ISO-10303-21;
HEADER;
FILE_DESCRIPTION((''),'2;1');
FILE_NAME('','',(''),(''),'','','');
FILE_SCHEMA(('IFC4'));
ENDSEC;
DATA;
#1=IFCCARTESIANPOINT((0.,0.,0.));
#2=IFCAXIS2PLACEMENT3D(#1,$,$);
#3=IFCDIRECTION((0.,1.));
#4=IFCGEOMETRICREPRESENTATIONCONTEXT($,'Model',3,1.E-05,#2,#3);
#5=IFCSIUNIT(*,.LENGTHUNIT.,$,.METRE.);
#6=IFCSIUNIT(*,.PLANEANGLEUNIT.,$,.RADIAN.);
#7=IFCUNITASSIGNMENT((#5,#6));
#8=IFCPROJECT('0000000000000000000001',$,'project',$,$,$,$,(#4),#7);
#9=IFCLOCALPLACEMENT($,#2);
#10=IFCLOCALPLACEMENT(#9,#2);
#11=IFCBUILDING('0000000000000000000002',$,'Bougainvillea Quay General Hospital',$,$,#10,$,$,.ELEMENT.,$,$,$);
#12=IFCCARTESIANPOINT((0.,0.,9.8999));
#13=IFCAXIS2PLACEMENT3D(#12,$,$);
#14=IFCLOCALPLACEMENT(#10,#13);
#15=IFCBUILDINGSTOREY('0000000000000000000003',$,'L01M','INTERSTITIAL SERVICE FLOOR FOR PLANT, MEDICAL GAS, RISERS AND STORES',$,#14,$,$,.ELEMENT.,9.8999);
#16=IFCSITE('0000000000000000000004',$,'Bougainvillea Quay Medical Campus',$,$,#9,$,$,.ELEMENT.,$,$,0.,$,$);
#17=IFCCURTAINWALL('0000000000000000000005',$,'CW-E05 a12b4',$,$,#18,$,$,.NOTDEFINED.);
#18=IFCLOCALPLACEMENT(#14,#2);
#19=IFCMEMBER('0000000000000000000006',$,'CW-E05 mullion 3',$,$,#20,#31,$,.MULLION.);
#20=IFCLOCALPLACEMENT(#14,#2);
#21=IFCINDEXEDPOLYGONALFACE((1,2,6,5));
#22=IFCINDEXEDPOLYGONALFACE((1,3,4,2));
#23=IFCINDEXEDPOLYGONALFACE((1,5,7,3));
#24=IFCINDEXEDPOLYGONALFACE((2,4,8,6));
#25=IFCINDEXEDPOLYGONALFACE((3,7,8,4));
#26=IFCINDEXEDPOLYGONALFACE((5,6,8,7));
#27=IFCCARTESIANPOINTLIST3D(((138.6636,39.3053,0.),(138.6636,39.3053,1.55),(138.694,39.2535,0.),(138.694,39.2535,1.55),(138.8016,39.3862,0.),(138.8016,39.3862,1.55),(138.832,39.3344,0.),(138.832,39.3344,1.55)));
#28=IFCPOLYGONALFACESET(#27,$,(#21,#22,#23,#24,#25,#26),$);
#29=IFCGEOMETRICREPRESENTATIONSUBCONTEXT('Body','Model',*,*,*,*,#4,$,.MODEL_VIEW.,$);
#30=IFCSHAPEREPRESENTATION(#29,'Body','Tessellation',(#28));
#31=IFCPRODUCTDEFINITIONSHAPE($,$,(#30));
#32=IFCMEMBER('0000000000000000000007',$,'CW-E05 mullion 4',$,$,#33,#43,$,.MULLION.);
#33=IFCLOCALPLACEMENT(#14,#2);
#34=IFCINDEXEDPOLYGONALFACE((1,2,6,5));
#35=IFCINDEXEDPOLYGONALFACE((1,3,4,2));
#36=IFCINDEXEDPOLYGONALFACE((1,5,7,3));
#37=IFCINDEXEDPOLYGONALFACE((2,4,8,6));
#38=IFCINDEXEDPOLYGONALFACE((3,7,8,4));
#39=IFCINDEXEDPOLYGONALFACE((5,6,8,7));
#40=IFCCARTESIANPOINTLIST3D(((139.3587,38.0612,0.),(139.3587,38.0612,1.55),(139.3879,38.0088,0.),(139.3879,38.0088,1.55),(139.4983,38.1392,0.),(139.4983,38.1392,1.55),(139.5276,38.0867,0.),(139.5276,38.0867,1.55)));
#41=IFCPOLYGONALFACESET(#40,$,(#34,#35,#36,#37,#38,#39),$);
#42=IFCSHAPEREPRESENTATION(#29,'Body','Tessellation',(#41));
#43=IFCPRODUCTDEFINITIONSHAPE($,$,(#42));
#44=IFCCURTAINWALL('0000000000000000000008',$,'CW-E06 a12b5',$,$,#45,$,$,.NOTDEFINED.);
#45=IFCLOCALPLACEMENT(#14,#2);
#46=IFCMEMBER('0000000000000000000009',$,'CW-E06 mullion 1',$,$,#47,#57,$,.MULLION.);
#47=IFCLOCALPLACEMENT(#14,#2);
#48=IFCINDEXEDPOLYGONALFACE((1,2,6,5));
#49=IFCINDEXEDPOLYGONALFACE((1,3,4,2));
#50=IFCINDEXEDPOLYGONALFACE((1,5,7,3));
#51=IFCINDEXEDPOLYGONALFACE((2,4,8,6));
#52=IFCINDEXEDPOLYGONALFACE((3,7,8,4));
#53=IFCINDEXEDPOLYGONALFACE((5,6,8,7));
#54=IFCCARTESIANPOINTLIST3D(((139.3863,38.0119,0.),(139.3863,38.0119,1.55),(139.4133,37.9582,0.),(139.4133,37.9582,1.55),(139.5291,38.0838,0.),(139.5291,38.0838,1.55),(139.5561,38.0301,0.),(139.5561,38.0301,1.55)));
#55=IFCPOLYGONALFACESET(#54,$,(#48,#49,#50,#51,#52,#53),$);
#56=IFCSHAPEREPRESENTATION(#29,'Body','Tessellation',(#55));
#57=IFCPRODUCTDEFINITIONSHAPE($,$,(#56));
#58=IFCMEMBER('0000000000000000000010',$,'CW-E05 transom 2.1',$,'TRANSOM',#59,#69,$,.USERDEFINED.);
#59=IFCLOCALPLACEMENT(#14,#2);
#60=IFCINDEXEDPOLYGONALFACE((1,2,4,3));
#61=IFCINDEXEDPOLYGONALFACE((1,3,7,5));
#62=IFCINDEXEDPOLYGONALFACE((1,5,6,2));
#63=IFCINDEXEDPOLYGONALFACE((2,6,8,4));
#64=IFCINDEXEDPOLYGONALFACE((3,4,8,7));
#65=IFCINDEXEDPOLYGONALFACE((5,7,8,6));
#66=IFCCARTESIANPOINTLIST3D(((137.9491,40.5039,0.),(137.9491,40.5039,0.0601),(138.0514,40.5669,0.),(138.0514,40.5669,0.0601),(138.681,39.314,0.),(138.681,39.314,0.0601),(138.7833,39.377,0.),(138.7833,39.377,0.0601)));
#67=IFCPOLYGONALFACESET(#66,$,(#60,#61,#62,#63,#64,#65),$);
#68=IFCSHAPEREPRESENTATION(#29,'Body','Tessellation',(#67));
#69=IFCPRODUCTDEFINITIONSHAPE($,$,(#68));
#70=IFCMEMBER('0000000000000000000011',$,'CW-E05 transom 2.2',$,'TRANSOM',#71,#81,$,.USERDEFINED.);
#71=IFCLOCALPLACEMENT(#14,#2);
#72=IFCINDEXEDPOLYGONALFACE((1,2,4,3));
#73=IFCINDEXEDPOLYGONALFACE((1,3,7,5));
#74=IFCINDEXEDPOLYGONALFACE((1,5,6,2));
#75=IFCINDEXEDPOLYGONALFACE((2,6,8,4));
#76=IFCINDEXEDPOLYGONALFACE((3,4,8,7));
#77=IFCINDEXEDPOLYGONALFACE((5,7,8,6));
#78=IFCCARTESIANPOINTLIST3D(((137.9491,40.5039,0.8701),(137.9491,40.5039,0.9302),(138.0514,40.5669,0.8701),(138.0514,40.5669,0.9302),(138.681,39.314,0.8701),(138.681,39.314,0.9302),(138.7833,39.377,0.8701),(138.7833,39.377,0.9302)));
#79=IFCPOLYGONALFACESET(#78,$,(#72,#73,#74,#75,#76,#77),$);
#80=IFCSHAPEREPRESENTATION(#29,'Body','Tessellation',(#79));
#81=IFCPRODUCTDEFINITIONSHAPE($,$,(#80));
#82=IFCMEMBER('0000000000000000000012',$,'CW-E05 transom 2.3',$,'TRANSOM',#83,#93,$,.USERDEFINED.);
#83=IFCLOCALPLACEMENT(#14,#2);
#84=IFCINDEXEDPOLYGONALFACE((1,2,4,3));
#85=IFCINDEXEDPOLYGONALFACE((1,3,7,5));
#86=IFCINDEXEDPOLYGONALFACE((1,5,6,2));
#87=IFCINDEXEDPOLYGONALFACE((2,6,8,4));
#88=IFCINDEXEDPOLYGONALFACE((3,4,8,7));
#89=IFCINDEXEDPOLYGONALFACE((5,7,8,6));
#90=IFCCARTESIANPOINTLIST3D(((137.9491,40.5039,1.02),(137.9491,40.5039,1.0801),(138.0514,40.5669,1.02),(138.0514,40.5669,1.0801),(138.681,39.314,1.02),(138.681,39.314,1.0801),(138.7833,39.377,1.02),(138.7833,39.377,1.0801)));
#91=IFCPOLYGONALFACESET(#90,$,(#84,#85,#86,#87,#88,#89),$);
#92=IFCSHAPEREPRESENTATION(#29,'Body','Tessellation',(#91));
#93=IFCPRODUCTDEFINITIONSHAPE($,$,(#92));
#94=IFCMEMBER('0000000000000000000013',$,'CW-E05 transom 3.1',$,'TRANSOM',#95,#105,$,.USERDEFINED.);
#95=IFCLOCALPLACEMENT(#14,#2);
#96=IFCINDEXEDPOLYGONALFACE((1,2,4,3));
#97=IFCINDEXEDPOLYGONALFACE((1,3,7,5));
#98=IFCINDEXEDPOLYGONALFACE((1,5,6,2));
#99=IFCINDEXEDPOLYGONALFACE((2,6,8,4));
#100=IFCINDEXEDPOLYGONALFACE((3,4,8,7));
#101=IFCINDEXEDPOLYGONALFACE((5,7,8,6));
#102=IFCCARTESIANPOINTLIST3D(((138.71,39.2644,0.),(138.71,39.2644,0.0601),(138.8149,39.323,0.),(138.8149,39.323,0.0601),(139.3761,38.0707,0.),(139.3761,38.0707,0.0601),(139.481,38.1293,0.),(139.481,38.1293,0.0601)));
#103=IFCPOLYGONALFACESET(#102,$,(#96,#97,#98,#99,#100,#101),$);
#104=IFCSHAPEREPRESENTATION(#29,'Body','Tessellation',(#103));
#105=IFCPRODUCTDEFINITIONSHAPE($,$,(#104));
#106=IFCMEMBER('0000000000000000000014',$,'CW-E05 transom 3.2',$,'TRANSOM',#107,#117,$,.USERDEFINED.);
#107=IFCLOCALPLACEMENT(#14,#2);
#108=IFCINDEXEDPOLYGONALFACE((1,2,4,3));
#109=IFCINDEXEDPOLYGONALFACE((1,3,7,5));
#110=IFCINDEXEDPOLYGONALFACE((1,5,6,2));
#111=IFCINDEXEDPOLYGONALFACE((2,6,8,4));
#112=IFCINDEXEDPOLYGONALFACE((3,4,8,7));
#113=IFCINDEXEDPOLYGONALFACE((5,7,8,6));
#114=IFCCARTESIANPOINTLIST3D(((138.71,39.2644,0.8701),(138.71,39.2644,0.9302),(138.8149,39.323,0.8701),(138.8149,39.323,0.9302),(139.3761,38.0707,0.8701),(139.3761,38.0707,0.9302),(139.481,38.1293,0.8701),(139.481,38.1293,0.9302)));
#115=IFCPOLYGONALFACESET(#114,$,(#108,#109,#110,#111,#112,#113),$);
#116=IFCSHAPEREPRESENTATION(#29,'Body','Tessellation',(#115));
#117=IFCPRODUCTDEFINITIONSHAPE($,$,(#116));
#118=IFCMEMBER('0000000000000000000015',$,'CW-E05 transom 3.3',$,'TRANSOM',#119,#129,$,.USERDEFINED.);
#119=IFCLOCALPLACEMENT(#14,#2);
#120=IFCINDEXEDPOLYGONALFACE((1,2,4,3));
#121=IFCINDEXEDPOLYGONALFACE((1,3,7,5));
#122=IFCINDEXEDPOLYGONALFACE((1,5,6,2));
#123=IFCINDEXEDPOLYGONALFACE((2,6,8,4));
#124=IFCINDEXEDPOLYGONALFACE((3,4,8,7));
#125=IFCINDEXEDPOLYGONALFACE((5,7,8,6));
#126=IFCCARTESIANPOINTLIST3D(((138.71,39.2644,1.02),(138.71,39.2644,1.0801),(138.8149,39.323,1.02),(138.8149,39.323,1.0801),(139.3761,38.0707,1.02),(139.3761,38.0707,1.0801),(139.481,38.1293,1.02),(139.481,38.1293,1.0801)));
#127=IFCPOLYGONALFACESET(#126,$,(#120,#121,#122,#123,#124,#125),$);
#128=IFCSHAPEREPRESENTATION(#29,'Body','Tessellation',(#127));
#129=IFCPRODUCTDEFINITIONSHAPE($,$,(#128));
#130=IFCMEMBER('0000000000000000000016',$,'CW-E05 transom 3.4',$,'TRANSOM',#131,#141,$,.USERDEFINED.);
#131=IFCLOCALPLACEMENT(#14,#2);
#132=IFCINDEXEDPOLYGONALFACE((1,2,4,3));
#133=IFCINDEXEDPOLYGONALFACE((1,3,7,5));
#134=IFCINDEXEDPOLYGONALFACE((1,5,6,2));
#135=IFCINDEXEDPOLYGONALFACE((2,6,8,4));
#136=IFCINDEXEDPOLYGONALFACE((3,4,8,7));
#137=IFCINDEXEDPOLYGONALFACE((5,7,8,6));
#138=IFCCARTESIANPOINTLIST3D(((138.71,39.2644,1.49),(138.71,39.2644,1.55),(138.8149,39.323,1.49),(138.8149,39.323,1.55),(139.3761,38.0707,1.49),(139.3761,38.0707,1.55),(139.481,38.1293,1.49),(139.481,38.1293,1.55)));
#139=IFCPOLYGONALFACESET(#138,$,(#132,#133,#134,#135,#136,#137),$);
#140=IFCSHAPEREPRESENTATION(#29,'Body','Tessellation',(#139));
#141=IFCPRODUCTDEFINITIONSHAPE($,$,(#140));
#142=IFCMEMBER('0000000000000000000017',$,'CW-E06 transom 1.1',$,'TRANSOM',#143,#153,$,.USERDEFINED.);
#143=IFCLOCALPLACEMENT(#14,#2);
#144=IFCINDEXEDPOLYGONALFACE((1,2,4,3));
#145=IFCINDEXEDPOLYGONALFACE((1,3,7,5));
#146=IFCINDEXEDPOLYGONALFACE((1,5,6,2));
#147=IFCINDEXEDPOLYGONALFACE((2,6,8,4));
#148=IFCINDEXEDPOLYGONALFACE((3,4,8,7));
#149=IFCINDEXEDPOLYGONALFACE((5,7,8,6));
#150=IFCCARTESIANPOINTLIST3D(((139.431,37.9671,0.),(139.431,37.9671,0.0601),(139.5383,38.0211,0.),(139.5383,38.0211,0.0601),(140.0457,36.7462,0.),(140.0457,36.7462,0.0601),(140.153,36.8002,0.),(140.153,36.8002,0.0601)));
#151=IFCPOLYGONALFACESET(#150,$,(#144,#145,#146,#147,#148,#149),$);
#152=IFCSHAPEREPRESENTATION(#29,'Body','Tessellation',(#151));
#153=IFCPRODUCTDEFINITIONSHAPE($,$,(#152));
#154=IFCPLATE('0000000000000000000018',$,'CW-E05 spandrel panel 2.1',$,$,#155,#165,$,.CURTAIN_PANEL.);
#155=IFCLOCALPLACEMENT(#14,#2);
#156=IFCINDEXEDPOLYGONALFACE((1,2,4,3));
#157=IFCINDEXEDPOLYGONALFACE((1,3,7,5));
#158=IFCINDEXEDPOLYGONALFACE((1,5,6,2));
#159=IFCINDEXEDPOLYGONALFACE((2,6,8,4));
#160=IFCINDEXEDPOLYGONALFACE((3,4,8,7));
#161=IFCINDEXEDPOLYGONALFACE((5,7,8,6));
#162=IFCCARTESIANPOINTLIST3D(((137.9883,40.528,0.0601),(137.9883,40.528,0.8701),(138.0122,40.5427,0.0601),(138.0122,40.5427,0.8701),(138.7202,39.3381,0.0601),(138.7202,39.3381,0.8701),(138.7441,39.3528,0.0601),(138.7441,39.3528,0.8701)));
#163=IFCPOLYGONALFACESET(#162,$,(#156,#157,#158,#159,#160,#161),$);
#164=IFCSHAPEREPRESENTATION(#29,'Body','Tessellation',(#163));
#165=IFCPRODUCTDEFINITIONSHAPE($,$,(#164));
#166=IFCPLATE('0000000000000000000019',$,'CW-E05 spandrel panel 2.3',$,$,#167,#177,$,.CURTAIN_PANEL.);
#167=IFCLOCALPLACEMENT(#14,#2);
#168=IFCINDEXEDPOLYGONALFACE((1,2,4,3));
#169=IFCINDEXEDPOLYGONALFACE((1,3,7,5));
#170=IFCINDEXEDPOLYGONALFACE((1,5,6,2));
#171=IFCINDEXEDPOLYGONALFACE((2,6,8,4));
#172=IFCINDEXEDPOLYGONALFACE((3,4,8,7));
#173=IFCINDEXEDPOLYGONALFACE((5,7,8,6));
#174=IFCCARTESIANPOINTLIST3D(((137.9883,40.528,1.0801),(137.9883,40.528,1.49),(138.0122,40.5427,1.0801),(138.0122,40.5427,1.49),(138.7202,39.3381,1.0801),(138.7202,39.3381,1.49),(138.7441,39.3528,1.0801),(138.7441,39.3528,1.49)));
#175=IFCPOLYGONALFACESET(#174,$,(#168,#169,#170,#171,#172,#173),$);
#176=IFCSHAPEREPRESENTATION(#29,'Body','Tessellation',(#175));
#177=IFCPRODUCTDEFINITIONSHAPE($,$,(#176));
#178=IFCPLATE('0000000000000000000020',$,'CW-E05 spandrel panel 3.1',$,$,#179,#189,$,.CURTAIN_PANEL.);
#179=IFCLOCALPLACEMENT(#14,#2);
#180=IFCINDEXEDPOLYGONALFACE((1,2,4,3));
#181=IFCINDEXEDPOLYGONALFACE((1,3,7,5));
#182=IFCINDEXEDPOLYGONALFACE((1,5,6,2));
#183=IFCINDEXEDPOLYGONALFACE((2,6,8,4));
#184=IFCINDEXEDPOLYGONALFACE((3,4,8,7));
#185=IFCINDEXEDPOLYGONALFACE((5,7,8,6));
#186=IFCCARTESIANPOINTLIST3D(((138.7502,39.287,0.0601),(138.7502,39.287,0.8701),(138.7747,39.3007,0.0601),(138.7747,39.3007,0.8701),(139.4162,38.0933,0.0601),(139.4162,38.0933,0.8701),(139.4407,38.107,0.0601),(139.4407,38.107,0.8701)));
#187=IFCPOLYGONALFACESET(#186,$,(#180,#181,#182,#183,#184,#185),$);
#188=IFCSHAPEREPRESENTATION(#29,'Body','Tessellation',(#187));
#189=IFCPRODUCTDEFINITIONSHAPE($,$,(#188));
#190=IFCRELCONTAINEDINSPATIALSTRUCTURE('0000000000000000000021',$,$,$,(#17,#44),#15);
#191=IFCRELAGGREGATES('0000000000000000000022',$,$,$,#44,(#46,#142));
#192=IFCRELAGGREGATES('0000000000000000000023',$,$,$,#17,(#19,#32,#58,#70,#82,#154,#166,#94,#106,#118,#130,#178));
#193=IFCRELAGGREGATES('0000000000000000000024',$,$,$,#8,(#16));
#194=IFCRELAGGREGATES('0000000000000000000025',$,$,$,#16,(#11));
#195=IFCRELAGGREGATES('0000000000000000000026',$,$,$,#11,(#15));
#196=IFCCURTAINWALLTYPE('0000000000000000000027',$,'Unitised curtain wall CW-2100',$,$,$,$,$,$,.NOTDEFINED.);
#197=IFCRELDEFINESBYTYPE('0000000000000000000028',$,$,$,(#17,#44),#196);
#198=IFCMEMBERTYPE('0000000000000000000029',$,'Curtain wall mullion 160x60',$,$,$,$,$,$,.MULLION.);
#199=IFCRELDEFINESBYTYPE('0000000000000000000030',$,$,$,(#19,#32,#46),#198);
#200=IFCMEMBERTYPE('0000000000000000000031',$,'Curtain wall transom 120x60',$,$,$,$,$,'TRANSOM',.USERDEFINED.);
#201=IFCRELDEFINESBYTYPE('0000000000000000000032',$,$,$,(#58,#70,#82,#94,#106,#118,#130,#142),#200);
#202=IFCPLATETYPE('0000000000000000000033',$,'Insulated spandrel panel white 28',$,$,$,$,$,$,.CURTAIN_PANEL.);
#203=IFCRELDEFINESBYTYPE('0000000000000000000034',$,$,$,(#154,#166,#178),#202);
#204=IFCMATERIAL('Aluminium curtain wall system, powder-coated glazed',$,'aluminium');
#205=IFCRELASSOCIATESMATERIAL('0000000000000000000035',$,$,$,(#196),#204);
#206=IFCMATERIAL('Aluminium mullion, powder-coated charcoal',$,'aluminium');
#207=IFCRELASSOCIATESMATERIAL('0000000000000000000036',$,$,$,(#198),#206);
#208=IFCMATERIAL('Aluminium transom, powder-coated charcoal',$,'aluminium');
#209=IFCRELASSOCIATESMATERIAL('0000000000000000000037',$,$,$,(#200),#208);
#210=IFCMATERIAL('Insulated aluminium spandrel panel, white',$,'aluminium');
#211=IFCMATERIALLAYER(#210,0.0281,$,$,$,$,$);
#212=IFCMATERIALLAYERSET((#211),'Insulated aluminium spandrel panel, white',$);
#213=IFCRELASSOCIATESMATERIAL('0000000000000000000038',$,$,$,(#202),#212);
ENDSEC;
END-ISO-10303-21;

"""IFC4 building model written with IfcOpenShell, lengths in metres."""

from ifc_helpers import new_model, si_unit, direction, frame, origin, origin_2d, place, context, subcontext, project, spatial, rectangle, extrude, material, layer, layer_set, material_profile, profile_set, type_object, element, aggregate, save


model = new_model("IFC4")

# Units and contexts
model_context = context("Model", 3, precision=1e-05, world=origin(), true_north=direction((0.0, 1.0)))
body_context = subcontext(model_context, "Body", "Model", "MODEL_VIEW")
ifc_project = project(units=[si_unit("LENGTHUNIT", "METRE"), si_unit("PLANEANGLEUNIT", "RADIAN")], contexts=[model_context])

# Site, building, storey
site_placement = place(None, origin())
site = spatial("IfcSite", under=ifc_project, at=site_placement, Name="Bougainvillea Quay Medical Campus", CompositionType="ELEMENT", RefElevation=0.0)
building_placement = place(site_placement, origin())
building = spatial("IfcBuilding", under=site, at=building_placement, Name="Bougainvillea Quay General Hospital", CompositionType="ELEMENT")
storey_placement = place(building_placement, frame((0.0, 0.0, 9.8999)))
storey = spatial("IfcBuildingStorey", under=building, at=storey_placement, Name="L01M", Description="INTERSTITIAL SERVICE FLOOR FOR PLANT, MEDICAL GAS, RISERS AND STORES", CompositionType="ELEMENT", Elevation=9.8999)

# Curtain wall, members
ifc_material_1 = material(Name="Aluminium curtain wall system, powder-coated glazed", Category="aluminium")
curtain_wall_type = type_object("IfcCurtainWallType", Name="Unitised curtain wall CW-2100", PredefinedType="NOTDEFINED", material=ifc_material_1)
curtain_wall_1_placement = place(storey_placement, origin())
curtain_wall_1 = element("IfcCurtainWall", 1, at=curtain_wall_1_placement, inside=storey, type_object=curtain_wall_type, Name="CW-E05 a12b4", PredefinedType="NOTDEFINED")
ifc_material_2 = material(Name="Aluminium mullion, powder-coated charcoal", Category="aluminium")
ifc_material_profile_1 = material_profile(ifc_material_2, rectangle(XDim=0.1599, YDim=0.0601, at=origin_2d()))
ifc_profile_set_1 = profile_set([ifc_material_profile_1], Name="Aluminium mullion, powder-coated charcoal")
member_type_1 = type_object("IfcMemberType", Name="Curtain wall mullion 160x60", PredefinedType="MULLION", material=ifc_profile_set_1)
member_1_placement = place(storey_placement, frame((138.7478, 39.3198, 0.0), z_axis=(0.0, 0.0, 1.0), x_axis=(0.862714, 0.505693, 0.0)))
member_1 = element("IfcMember", 2, at=member_1_placement, type_object=member_type_1, Name="CW-E05 mullion 3", PredefinedType="MULLION", context=body_context, shape_type="SweptSolid", body=[
    extrude(rectangle(XDim=0.1599, YDim=0.0601, at=origin_2d()), origin(), (0.0, 0.0, 1.0), 1.55),
])
member_2_placement = place(storey_placement, frame((139.4431, 38.074, 0.0), z_axis=(0.0, 0.0, 1.0), x_axis=(0.873274, 0.48723, 0.0)))
member_2 = element("IfcMember", 3, at=member_2_placement, type_object=member_type_1, Name="CW-E05 mullion 4", PredefinedType="MULLION", context=body_context, shape_type="SweptSolid", body=[
    extrude(rectangle(XDim=0.1599, YDim=0.0601, at=origin_2d()), origin(), (0.0, 0.0, 1.0), 1.55),
])

# Curtain wall, member
curtain_wall_2_placement = place(storey_placement, origin())
curtain_wall_2 = element("IfcCurtainWall", 4, at=curtain_wall_2_placement, inside=storey, type_object=curtain_wall_type, Name="CW-E06 a12b5", PredefinedType="NOTDEFINED")
member_3_placement = place(storey_placement, frame((139.4712, 38.021, 0.0), z_axis=(0.0, 0.0, 1.0), x_axis=(0.893204, 0.449652, 0.0)))
member_3 = element("IfcMember", 5, at=member_3_placement, type_object=member_type_1, Name="CW-E06 mullion 1", PredefinedType="MULLION", context=body_context, shape_type="SweptSolid", body=[
    extrude(rectangle(XDim=0.1599, YDim=0.0601, at=origin_2d()), origin(), (0.0, 0.0, 1.0), 1.55),
])

# Members
ifc_material_3 = material(Name="Aluminium transom, powder-coated charcoal", Category="aluminium")
ifc_material_profile_2 = material_profile(ifc_material_3, rectangle(XDim=0.1201, YDim=0.0601, at=origin_2d()))
ifc_profile_set_2 = profile_set([ifc_material_profile_2], Name="Aluminium transom, powder-coated charcoal")
member_type_2 = type_object("IfcMemberType", Name="Curtain wall transom 120x60", ElementType="TRANSOM", PredefinedType="USERDEFINED", material=ifc_profile_set_2)
member_4_placement = place(storey_placement, frame((138.0002, 40.5354, 0.03), z_axis=(0.523922, -0.851766, 0.0), x_axis=(0.851766, 0.523922, 0.0)))
member_4 = element("IfcMember", 6, at=member_4_placement, type_object=member_type_2, Name="CW-E05 transom 2.1", ObjectType="TRANSOM", PredefinedType="USERDEFINED", context=body_context, shape_type="SweptSolid", body=[
    extrude(rectangle(XDim=0.1201, YDim=0.0601, at=origin_2d()), origin(), (0.0, 0.0, 1.0), 1.397),
])
member_5_placement = place(storey_placement, frame((138.0002, 40.5354, 0.9001), z_axis=(0.523922, -0.851766, 0.0), x_axis=(0.851766, 0.523922, 0.0)))
member_5 = element("IfcMember", 7, at=member_5_placement, type_object=member_type_2, Name="CW-E05 transom 2.2", ObjectType="TRANSOM", PredefinedType="USERDEFINED", context=body_context, shape_type="SweptSolid", body=[
    extrude(rectangle(XDim=0.1201, YDim=0.0601, at=origin_2d()), origin(), (0.0, 0.0, 1.0), 1.397),
])
member_6_placement = place(storey_placement, frame((138.0002, 40.5354, 1.05), z_axis=(0.523922, -0.851766, 0.0), x_axis=(0.851766, 0.523922, 0.0)))
member_6 = element("IfcMember", 8, at=member_6_placement, type_object=member_type_2, Name="CW-E05 transom 2.3", ObjectType="TRANSOM", PredefinedType="USERDEFINED", context=body_context, shape_type="SweptSolid", body=[
    extrude(rectangle(XDim=0.1201, YDim=0.0601, at=origin_2d()), origin(), (0.0, 0.0, 1.0), 1.397),
])
member_7_placement = place(storey_placement, frame((138.7625, 39.2937, 0.03), z_axis=(0.487265, -0.873254, 0.0), x_axis=(0.873254, 0.487265, 0.0)))
member_7 = element("IfcMember", 9, at=member_7_placement, type_object=member_type_2, Name="CW-E05 transom 3.1", ObjectType="TRANSOM", PredefinedType="USERDEFINED", context=body_context, shape_type="SweptSolid", body=[
    extrude(rectangle(XDim=0.1201, YDim=0.0601, at=origin_2d()), origin(), (0.0, 0.0, 1.0), 1.3669),
])
member_8_placement = place(storey_placement, frame((138.7625, 39.2937, 0.9001), z_axis=(0.487265, -0.873254, 0.0), x_axis=(0.873254, 0.487265, 0.0)))
member_8 = element("IfcMember", 10, at=member_8_placement, type_object=member_type_2, Name="CW-E05 transom 3.2", ObjectType="TRANSOM", PredefinedType="USERDEFINED", context=body_context, shape_type="SweptSolid", body=[
    extrude(rectangle(XDim=0.1201, YDim=0.0601, at=origin_2d()), origin(), (0.0, 0.0, 1.0), 1.3669),
])
member_9_placement = place(storey_placement, frame((138.7625, 39.2937, 1.05), z_axis=(0.487265, -0.873254, 0.0), x_axis=(0.873254, 0.487265, 0.0)))
member_9 = element("IfcMember", 11, at=member_9_placement, type_object=member_type_2, Name="CW-E05 transom 3.3", ObjectType="TRANSOM", PredefinedType="USERDEFINED", context=body_context, shape_type="SweptSolid", body=[
    extrude(rectangle(XDim=0.1201, YDim=0.0601, at=origin_2d()), origin(), (0.0, 0.0, 1.0), 1.3669),
])
member_10_placement = place(storey_placement, frame((138.7625, 39.2937, 1.52), z_axis=(0.487265, -0.873254, 0.0), x_axis=(0.873254, 0.487265, 0.0)))
member_10 = element("IfcMember", 12, at=member_10_placement, type_object=member_type_2, Name="CW-E05 transom 3.4", ObjectType="TRANSOM", PredefinedType="USERDEFINED", context=body_context, shape_type="SweptSolid", body=[
    extrude(rectangle(XDim=0.1201, YDim=0.0601, at=origin_2d()), origin(), (0.0, 0.0, 1.0), 1.3669),
])
member_11_placement = place(storey_placement, frame((139.4846, 37.9941, 0.03), z_axis=(0.449712, -0.893174, 0.0), x_axis=(0.893174, 0.449712, 0.0)))
member_11 = element("IfcMember", 13, at=member_11_placement, type_object=member_type_2, Name="CW-E06 transom 1.1", ObjectType="TRANSOM", PredefinedType="USERDEFINED", context=body_context, shape_type="SweptSolid", body=[
    extrude(rectangle(XDim=0.1201, YDim=0.0601, at=origin_2d()), origin(), (0.0, 0.0, 1.0), 1.3669),
])
aggregate(curtain_wall_2, [member_3, member_11])

# Plates
ifc_material_4 = material(Name="Insulated aluminium spandrel panel, white", Category="aluminium")
ifc_layer_1 = layer(ifc_material_4, 0.0281)
ifc_layer_set_1 = layer_set([ifc_layer_1], Name="Insulated aluminium spandrel panel, white")
plate_type_1 = type_object("IfcPlateType", Name="Insulated spandrel panel white 28", PredefinedType="CURTAIN_PANEL", material=ifc_layer_set_1)
plate_1_placement = place(storey_placement, frame((138.3662, 39.9404, 0.0601), z_axis=(0.0, 0.0, 1.0), x_axis=(0.523926, -0.851764, 0.0)))
plate_1 = element("IfcPlate", 14, at=plate_1_placement, type_object=plate_type_1, Name="CW-E05 spandrel panel 2.1", PredefinedType="CURTAIN_PANEL", context=body_context, shape_type="SweptSolid", body=[
    extrude(rectangle(XDim=1.397, YDim=0.0281, at=origin_2d()), origin(), (0.0, 0.0, 1.0), 0.8101),
])
plate_2_placement = place(storey_placement, frame((138.3662, 39.9404, 1.0801), z_axis=(0.0, 0.0, 1.0), x_axis=(0.523926, -0.851764, 0.0)))
plate_2 = element("IfcPlate", 15, at=plate_2_placement, type_object=plate_type_1, Name="CW-E05 spandrel panel 2.3", PredefinedType="CURTAIN_PANEL", context=body_context, shape_type="SweptSolid", body=[
    extrude(rectangle(XDim=1.397, YDim=0.0281, at=origin_2d()), origin(), (0.0, 0.0, 1.0), 0.4099),
])
plate_3_placement = place(storey_placement, frame((139.0955, 38.697, 0.0601), z_axis=(0.0, 0.0, 1.0), x_axis=(0.48723, -0.873274, 0.0)))
plate_3 = element("IfcPlate", 16, at=plate_3_placement, type_object=plate_type_1, Name="CW-E05 spandrel panel 3.1", PredefinedType="CURTAIN_PANEL", context=body_context, shape_type="SweptSolid", body=[
    extrude(rectangle(XDim=1.3669, YDim=0.0281, at=origin_2d()), origin(), (0.0, 0.0, 1.0), 0.8101),
])
aggregate(curtain_wall_1, [member_1, member_2, member_4, member_5, member_6, plate_1, plate_2, member_7, member_8, member_9, member_10, plate_3])

save(model, "model.ifc")
